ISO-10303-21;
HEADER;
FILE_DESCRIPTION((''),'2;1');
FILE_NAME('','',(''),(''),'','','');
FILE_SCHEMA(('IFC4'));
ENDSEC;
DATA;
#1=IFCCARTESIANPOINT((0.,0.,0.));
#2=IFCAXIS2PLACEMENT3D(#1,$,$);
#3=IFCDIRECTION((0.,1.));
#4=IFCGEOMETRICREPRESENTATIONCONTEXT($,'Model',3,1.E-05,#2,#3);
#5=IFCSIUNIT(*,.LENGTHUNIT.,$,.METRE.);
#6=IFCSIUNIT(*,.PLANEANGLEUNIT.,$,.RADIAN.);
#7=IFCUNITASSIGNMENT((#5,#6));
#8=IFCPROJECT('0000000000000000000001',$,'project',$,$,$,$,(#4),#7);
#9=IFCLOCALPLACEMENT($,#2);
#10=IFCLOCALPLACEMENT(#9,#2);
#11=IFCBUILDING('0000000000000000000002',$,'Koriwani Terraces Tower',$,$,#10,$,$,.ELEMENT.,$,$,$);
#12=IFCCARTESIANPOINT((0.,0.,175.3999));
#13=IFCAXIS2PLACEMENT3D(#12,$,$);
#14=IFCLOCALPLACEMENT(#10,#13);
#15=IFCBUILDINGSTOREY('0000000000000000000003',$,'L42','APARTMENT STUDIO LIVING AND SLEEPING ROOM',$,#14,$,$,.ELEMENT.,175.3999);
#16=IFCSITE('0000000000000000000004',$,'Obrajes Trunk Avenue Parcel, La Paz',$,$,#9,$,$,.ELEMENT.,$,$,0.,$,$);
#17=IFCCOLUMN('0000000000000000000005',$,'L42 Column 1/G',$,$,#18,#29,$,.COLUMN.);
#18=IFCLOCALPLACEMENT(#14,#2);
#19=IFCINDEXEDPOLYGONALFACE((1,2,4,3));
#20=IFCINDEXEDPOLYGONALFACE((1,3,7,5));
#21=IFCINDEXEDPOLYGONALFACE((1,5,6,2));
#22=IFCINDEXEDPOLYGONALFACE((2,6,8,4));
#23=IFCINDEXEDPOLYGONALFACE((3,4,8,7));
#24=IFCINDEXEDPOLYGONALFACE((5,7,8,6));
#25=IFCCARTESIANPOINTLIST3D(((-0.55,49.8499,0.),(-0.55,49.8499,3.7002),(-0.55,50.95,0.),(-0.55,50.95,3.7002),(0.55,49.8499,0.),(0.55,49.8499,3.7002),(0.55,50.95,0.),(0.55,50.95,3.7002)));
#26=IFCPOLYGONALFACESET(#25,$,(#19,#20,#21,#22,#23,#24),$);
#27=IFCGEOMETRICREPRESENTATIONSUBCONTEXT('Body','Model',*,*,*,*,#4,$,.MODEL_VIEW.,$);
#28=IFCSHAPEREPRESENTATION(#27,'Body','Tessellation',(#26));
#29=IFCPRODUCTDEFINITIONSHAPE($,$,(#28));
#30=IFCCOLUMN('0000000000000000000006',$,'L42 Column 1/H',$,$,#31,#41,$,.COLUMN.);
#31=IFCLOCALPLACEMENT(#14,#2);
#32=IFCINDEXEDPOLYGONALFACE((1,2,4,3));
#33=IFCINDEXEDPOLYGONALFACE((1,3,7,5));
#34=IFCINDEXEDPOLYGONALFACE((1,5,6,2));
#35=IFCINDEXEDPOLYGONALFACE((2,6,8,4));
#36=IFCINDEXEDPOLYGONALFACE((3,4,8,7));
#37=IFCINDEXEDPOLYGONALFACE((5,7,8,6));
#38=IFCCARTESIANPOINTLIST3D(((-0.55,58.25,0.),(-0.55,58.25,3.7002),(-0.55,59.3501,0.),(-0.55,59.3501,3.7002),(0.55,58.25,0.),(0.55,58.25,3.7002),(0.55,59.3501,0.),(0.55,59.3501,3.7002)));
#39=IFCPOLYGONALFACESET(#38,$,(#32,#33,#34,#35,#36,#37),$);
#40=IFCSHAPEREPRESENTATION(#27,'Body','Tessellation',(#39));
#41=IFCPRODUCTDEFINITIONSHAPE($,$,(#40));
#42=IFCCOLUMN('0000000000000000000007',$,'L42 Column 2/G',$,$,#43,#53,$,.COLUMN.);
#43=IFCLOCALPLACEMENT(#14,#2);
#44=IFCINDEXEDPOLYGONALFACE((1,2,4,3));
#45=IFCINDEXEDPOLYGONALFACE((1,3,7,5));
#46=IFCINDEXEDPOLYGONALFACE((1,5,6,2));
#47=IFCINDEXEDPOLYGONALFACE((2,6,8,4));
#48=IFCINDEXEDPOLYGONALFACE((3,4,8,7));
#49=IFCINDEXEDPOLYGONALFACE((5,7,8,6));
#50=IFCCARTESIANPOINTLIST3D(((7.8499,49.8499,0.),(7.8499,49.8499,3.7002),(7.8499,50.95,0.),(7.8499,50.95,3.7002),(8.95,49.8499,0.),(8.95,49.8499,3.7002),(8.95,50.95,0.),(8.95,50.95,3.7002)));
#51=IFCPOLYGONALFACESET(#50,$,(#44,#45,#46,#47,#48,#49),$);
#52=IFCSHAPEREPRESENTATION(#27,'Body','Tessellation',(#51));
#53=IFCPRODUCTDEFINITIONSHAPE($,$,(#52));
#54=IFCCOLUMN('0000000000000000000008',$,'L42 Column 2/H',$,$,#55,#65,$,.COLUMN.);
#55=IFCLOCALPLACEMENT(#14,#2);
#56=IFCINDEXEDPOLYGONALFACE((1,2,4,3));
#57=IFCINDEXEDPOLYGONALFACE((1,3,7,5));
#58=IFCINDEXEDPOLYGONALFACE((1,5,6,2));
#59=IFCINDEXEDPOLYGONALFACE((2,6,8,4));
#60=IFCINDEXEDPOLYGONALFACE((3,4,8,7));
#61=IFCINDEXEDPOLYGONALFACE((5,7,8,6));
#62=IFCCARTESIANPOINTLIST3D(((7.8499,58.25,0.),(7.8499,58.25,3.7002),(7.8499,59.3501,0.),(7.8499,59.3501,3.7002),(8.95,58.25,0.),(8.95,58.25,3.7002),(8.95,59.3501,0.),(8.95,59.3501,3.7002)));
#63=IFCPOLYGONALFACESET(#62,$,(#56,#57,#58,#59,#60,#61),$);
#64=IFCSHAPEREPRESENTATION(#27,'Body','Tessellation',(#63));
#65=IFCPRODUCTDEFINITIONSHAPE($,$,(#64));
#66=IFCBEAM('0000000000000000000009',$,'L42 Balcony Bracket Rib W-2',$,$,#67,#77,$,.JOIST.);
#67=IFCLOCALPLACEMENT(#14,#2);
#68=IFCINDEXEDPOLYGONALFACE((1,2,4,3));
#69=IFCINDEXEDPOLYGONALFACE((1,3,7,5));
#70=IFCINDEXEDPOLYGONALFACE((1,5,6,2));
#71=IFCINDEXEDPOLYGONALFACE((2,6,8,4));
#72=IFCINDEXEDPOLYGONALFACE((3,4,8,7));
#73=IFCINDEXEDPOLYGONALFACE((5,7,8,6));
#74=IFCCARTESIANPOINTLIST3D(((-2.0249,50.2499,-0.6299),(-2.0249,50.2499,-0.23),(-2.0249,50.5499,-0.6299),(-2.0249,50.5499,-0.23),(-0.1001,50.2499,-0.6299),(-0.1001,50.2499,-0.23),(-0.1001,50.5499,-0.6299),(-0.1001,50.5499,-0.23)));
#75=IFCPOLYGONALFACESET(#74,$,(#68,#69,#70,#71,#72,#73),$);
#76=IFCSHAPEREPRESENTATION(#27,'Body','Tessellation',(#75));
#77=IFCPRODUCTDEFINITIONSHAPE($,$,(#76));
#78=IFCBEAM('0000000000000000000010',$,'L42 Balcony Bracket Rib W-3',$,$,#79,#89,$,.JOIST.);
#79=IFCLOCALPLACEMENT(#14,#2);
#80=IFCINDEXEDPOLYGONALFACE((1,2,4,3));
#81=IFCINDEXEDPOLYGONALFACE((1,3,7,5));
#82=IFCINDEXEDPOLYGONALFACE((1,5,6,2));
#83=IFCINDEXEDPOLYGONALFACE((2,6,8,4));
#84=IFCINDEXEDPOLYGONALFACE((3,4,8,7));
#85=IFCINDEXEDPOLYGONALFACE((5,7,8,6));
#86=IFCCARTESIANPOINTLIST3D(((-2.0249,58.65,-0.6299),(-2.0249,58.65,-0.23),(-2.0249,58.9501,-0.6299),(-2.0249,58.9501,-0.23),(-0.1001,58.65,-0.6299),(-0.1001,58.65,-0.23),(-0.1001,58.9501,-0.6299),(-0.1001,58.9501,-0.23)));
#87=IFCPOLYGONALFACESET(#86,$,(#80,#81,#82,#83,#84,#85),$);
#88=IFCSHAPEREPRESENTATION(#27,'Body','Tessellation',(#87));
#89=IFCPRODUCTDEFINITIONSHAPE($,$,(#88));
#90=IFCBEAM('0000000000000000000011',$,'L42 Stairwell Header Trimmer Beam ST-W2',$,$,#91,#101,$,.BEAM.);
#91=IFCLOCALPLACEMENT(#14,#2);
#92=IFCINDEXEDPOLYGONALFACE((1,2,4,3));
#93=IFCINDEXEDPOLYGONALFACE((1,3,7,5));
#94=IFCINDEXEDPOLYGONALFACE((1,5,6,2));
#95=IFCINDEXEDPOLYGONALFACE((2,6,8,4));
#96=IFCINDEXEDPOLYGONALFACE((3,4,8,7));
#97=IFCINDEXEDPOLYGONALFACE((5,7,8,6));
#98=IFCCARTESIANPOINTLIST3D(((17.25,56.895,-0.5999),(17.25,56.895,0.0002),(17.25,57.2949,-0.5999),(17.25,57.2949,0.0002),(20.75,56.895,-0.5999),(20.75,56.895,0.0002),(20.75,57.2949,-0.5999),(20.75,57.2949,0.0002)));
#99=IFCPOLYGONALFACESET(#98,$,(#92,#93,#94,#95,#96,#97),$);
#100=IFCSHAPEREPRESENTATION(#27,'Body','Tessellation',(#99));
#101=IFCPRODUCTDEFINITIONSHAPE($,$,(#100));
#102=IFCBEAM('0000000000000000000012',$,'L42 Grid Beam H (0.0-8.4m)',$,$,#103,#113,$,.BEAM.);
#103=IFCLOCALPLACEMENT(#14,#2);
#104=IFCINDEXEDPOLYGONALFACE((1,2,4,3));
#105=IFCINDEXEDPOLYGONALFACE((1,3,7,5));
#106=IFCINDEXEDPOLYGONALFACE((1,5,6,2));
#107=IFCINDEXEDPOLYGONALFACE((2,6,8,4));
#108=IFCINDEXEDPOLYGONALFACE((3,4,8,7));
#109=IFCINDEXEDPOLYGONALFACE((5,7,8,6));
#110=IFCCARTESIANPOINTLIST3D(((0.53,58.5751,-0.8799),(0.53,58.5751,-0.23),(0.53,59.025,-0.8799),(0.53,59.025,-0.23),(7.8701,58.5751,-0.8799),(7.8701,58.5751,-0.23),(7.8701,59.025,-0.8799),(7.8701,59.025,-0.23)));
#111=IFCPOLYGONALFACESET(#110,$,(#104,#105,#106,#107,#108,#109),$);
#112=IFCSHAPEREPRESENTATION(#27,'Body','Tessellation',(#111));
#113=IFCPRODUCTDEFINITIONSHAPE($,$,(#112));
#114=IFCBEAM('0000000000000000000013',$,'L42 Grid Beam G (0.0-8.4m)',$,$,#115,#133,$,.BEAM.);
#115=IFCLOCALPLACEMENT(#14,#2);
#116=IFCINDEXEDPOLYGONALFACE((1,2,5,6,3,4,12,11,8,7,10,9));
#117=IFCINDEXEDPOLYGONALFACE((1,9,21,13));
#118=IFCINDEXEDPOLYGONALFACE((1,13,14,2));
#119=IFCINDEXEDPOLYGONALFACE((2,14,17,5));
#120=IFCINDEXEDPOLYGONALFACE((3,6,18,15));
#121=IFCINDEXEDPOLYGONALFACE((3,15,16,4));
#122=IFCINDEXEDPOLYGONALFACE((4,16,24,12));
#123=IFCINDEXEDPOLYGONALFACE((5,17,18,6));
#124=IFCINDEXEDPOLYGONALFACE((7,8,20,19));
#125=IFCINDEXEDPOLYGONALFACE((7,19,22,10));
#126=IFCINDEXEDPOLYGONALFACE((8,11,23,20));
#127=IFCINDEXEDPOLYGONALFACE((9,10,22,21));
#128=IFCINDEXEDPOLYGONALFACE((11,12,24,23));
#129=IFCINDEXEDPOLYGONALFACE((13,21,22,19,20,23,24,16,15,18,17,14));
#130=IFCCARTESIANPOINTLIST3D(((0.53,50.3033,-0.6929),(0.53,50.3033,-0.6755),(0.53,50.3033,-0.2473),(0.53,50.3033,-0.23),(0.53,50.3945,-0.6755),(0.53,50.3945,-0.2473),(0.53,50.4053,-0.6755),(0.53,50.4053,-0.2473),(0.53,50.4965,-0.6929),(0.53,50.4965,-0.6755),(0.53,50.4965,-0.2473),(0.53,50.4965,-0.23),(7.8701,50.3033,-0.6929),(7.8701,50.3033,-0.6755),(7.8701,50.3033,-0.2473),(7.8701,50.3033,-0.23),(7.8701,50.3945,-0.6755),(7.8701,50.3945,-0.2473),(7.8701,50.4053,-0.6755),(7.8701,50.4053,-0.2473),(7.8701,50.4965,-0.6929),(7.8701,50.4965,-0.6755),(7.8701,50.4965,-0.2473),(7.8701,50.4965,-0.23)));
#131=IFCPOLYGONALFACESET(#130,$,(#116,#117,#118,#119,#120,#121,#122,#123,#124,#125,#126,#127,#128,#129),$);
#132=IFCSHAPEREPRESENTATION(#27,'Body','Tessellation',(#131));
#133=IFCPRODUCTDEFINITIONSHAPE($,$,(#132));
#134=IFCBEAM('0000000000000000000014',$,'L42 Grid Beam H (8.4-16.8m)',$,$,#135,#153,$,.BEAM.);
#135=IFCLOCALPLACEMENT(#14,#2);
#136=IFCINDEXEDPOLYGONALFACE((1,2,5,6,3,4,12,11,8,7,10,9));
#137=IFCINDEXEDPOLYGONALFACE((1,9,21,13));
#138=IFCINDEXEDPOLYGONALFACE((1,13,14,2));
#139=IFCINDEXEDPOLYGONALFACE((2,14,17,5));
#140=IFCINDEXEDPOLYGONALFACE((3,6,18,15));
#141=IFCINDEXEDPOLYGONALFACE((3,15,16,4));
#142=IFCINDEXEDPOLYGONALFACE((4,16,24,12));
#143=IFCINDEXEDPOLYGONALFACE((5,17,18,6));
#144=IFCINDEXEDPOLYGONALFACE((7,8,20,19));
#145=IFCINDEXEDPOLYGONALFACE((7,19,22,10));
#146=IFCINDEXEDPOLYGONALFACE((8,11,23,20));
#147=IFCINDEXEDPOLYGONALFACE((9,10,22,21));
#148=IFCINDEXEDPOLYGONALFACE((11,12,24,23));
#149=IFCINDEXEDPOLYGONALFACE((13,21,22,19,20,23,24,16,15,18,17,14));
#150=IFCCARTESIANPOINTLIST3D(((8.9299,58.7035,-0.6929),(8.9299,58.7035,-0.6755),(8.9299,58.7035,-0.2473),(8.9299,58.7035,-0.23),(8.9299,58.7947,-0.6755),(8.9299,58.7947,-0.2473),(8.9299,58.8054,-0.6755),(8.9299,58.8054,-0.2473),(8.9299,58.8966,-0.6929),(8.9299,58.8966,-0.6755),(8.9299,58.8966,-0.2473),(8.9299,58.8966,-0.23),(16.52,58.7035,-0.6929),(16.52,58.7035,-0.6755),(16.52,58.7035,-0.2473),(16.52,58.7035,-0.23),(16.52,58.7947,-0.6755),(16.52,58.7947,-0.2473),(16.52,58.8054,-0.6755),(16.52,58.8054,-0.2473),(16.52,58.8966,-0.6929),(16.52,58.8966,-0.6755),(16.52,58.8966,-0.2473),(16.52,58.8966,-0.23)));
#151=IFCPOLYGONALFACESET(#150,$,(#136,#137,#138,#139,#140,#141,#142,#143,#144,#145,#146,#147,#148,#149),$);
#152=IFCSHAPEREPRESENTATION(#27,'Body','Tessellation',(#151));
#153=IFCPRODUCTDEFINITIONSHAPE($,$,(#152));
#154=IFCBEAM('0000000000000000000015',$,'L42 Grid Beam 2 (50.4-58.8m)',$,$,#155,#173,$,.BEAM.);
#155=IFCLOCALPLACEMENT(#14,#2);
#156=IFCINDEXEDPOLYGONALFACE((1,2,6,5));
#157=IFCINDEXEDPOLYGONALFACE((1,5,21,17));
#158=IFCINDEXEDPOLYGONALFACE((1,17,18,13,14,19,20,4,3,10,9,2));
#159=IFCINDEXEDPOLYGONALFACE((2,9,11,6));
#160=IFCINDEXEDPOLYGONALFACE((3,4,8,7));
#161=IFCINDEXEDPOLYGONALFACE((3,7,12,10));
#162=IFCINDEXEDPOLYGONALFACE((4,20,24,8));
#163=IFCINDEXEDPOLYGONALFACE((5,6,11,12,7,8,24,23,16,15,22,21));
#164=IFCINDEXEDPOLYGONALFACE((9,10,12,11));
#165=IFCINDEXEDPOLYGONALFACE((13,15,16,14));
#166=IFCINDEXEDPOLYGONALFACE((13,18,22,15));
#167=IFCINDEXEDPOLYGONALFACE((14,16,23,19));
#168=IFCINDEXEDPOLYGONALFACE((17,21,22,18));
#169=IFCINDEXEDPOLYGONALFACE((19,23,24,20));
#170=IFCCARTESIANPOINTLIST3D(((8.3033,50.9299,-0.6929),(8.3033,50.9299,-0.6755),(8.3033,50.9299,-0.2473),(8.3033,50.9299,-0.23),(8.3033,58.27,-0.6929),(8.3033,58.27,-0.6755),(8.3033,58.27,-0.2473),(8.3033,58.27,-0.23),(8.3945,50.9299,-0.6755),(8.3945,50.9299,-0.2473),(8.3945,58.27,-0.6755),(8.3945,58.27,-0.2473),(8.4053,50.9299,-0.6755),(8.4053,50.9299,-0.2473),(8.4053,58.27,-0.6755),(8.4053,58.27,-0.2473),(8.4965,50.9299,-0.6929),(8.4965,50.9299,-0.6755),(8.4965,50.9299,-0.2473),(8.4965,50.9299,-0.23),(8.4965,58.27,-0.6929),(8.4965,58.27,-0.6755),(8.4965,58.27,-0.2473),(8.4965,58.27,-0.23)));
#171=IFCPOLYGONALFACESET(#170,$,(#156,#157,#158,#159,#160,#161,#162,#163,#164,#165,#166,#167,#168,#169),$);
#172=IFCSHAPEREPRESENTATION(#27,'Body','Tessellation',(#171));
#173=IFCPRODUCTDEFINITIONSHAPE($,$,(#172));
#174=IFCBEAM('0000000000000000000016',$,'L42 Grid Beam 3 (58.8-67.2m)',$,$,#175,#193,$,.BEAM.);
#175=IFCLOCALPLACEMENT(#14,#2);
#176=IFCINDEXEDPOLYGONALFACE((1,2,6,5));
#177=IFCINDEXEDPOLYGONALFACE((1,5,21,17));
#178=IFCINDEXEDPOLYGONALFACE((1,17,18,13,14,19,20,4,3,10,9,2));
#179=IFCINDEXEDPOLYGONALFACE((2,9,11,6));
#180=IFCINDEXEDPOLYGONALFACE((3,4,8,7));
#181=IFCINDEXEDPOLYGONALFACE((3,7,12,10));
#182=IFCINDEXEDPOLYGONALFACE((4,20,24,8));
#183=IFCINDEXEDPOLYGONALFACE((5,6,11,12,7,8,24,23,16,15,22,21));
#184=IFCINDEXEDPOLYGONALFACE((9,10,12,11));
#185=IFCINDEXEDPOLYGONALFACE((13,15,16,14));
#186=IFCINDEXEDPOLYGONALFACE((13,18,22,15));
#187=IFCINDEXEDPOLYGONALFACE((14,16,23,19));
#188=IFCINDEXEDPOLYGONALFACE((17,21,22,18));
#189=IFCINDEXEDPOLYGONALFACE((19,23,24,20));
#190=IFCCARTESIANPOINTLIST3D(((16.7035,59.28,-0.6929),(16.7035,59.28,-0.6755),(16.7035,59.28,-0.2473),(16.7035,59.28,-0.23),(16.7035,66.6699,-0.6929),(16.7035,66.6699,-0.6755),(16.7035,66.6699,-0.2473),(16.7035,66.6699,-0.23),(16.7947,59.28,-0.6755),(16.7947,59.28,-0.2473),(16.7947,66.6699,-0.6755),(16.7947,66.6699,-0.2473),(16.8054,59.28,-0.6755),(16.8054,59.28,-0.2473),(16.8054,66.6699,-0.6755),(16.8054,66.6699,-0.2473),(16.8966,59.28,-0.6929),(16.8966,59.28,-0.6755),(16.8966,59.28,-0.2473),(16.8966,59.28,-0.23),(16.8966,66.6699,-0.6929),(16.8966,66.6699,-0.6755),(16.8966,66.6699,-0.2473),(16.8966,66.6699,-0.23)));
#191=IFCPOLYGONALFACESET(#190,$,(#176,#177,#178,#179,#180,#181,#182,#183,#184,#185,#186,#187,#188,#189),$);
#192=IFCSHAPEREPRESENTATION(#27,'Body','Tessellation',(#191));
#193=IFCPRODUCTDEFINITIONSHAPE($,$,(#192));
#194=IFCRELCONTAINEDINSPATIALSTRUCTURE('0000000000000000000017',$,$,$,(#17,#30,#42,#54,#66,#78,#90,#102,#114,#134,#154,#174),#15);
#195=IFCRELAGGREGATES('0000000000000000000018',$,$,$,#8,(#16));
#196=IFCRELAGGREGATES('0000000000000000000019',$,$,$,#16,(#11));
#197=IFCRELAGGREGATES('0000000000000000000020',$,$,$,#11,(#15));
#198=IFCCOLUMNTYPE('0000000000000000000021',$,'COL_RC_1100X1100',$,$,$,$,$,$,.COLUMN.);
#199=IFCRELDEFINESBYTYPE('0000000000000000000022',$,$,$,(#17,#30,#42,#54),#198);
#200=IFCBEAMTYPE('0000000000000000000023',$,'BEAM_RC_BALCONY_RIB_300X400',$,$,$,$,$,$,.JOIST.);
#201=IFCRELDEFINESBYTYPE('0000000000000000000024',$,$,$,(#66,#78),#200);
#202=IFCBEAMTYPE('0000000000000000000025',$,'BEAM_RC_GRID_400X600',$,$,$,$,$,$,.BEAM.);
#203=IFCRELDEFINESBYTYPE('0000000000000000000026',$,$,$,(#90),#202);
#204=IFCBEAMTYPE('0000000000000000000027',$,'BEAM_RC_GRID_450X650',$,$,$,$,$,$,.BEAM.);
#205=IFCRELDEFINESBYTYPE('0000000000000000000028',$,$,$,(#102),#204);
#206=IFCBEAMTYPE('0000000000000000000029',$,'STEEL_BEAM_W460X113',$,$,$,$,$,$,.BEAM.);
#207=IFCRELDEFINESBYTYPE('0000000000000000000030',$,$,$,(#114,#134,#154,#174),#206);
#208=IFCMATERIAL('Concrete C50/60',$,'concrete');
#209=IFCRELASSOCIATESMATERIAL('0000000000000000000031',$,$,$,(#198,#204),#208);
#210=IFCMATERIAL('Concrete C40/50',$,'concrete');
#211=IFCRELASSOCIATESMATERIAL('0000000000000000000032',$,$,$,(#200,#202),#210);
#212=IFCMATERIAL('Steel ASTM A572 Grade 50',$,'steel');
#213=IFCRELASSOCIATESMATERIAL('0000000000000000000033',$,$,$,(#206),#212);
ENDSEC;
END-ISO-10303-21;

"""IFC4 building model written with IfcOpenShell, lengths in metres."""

from ifc_helpers import new_model, si_unit, direction, frame, origin, origin_2d, place, context, subcontext, project, spatial, rectangle, i_section, extrude, material, material_profile, profile_set, type_object, element, save


model = new_model("IFC4")

# Units and contexts
model_context = context("Model", 3, precision=1e-05, world=origin(), true_north=direction((0.0, 1.0)))
body_context = subcontext(model_context, "Body", "Model", "MODEL_VIEW")
ifc_project = project(units=[si_unit("LENGTHUNIT", "METRE"), si_unit("PLANEANGLEUNIT", "RADIAN")], contexts=[model_context])

# Site, building, storey
site_placement = place(None, origin())
site = spatial("IfcSite", under=ifc_project, at=site_placement, Name="Obrajes Trunk Avenue Parcel, La Paz", CompositionType="ELEMENT", RefElevation=0.0)
building_placement = place(site_placement, origin())
building = spatial("IfcBuilding", under=site, at=building_placement, Name="Koriwani Terraces Tower", CompositionType="ELEMENT")
storey_placement = place(building_placement, frame((0.0, 0.0, 175.3999)))
storey = spatial("IfcBuildingStorey", under=building, at=storey_placement, Name="L42", Description="APARTMENT STUDIO LIVING AND SLEEPING ROOM", CompositionType="ELEMENT", Elevation=175.3999)

# Columns
ifc_material_1 = material(Name="Concrete C50/60", Category="concrete")
ifc_material_profile_1 = material_profile(ifc_material_1, rectangle(XDim=1.1001, YDim=1.1001, at=origin_2d()), Name="Concrete C50/60", Category="LoadBearing")
ifc_profile_set_1 = profile_set([ifc_material_profile_1], Name="Concrete C50/60")
column_type = type_object("IfcColumnType", Name="COL_RC_1100X1100", PredefinedType="COLUMN", material=ifc_profile_set_1)
for number, where, z_axis, x_axis, name in (
    (1, (0.0, 50.3999, 0.0), (0.0, 0.0, 1.0), (1.0, 0.0, 0.0), "L42 Column 1/G"),
    (2, (0.0, 58.8, 0.0), (0.0, 0.0, 1.0), (1.0, 0.0, 0.0), "L42 Column 1/H"),
    (3, (8.3999, 50.3999, 0.0), (0.0, 0.0, 1.0), (1.0, 0.0, 0.0), "L42 Column 2/G"),
    (4, (8.3999, 58.8, 0.0), (0.0, 0.0, 1.0), (1.0, 0.0, 0.0), "L42 Column 2/H"),
):
    element("IfcColumn", number, at=place(storey_placement, frame(where, z_axis=z_axis, x_axis=x_axis)), inside=storey, type_object=column_type, Name=name, PredefinedType="COLUMN", context=body_context, shape_type="SweptSolid", body=[
        extrude(rectangle(XDim=1.1001, YDim=1.1001, at=origin_2d()), origin(), (0.0, 0.0, 1.0), 3.7002),
    ])

# Beams
ifc_material_2 = material(Name="Concrete C40/50", Category="concrete")
ifc_material_profile_2 = material_profile(ifc_material_2, rectangle(XDim=0.3, YDim=0.3999, at=origin_2d()), Name="Concrete C40/50", Category="LoadBearing")
ifc_profile_set_2 = profile_set([ifc_material_profile_2], Name="Concrete C40/50")
beam_type_1 = type_object("IfcBeamType", Name="BEAM_RC_BALCONY_RIB_300X400", PredefinedType="JOIST", material=ifc_profile_set_2)
for number, where, z_axis, x_axis, name in (
    (5, (-2.0249, 50.3999, -0.4299), (1.0, 0.0, 0.0), (0.0, 1.0, 0.0), "L42 Balcony Bracket Rib W-2"),
    (6, (-2.0249, 58.8, -0.4299), (1.0, 0.0, 0.0), (0.0, 1.0, 0.0), "L42 Balcony Bracket Rib W-3"),
):
    element("IfcBeam", number, at=place(storey_placement, frame(where, z_axis=z_axis, x_axis=x_axis)), inside=storey, type_object=beam_type_1, Name=name, PredefinedType="JOIST", context=body_context, shape_type="SweptSolid", body=[
        extrude(rectangle(XDim=0.3, YDim=0.3999, at=origin_2d()), origin(), (0.0, 0.0, 1.0), 1.9248),
    ])
ifc_material_profile_3 = material_profile(ifc_material_2, rectangle(XDim=0.3999, YDim=0.6001, at=origin_2d()), Name="Concrete C40/50", Category="LoadBearing")
ifc_profile_set_3 = profile_set([ifc_material_profile_3], Name="Concrete C40/50")
beam_type_2 = type_object("IfcBeamType", Name="BEAM_RC_GRID_400X600", PredefinedType="BEAM", material=ifc_profile_set_3)
beam_1_placement = place(storey_placement, frame((17.25, 57.095, -0.2998), z_axis=(1.0, 0.0, 0.0), x_axis=(0.0, 1.0, 0.0)))
element("IfcBeam", 7, at=beam_1_placement, inside=storey, type_object=beam_type_2, Name="L42 Stairwell Header Trimmer Beam ST-W2", PredefinedType="BEAM", context=body_context, shape_type="SweptSolid", body=[
    extrude(rectangle(XDim=0.3999, YDim=0.6001, at=origin_2d()), origin(), (0.0, 0.0, 1.0), 3.5),
])
ifc_material_profile_4 = material_profile(ifc_material_1, rectangle(XDim=0.45, YDim=0.6499, at=origin_2d()), Name="Concrete C50/60", Category="LoadBearing")
ifc_profile_set_4 = profile_set([ifc_material_profile_4], Name="Concrete C50/60")
beam_type_3 = type_object("IfcBeamType", Name="BEAM_RC_GRID_450X650", PredefinedType="BEAM", material=ifc_profile_set_4)
beam_2_placement = place(storey_placement, frame((0.53, 58.8, -0.5549), z_axis=(1.0, 0.0, 0.0), x_axis=(0.0, 1.0, 0.0)))
element("IfcBeam", 8, at=beam_2_placement, inside=storey, type_object=beam_type_3, Name="L42 Grid Beam H (0.0-8.4m)", PredefinedType="BEAM", context=body_context, shape_type="SweptSolid", body=[
    extrude(rectangle(XDim=0.45, YDim=0.6499, at=origin_2d()), origin(), (0.0, 0.0, 1.0), 7.3401),
])
ifc_material_3 = material(Name="Steel ASTM A572 Grade 50", Category="steel")
ifc_material_profile_5 = material_profile(ifc_material_3, i_section(OverallWidth=0.1931, OverallDepth=0.4629, WebThickness=0.0107, FlangeThickness=0.0173, at=origin_2d()), Name="Steel ASTM A572 Grade 50", Category="LoadBearing")
ifc_profile_set_5 = profile_set([ifc_material_profile_5], Name="Steel ASTM A572 Grade 50")
beam_type_4 = type_object("IfcBeamType", Name="STEEL_BEAM_W460X113", PredefinedType="BEAM", material=ifc_profile_set_5)
beam_3_placement = place(storey_placement, frame((0.53, 50.3999, -0.4614), z_axis=(1.0, 0.0, 0.0), x_axis=(0.0, 1.0, 0.0)))
element("IfcBeam", 9, at=beam_3_placement, inside=storey, type_object=beam_type_4, Name="L42 Grid Beam G (0.0-8.4m)", PredefinedType="BEAM", context=body_context, shape_type="SweptSolid", body=[
    extrude(i_section(OverallWidth=0.1931, OverallDepth=0.4629, WebThickness=0.0107, FlangeThickness=0.0173, at=origin_2d()), origin(), (0.0, 0.0, 1.0), 7.3401),
])
beam_4_placement = place(storey_placement, frame((8.9299, 58.8, -0.4614), z_axis=(1.0, 0.0, 0.0), x_axis=(0.0, 1.0, 0.0)))
element("IfcBeam", 10, at=beam_4_placement, inside=storey, type_object=beam_type_4, Name="L42 Grid Beam H (8.4-16.8m)", PredefinedType="BEAM", context=body_context, shape_type="SweptSolid", body=[
    extrude(i_section(OverallWidth=0.1931, OverallDepth=0.4629, WebThickness=0.0107, FlangeThickness=0.0173, at=origin_2d()), origin(), (0.0, 0.0, 1.0), 7.5901),
])
beam_5_placement = place(storey_placement, frame((8.3999, 50.9299, -0.4614), z_axis=(0.0, 1.0, 0.0), x_axis=(-1.0, 0.0, 0.0)))
element("IfcBeam", 11, at=beam_5_placement, inside=storey, type_object=beam_type_4, Name="L42 Grid Beam 2 (50.4-58.8m)", PredefinedType="BEAM", context=body_context, shape_type="SweptSolid", body=[
    extrude(i_section(OverallWidth=0.1931, OverallDepth=0.4629, WebThickness=0.0107, FlangeThickness=0.0173, at=origin_2d()), origin(), (0.0, 0.0, 1.0), 7.3401),
])
beam_6_placement = place(storey_placement, frame((16.8, 59.28, -0.4614), z_axis=(0.0, 1.0, 0.0), x_axis=(-1.0, 0.0, 0.0)))
element("IfcBeam", 12, at=beam_6_placement, inside=storey, type_object=beam_type_4, Name="L42 Grid Beam 3 (58.8-67.2m)", PredefinedType="BEAM", context=body_context, shape_type="SweptSolid", body=[
    extrude(i_section(OverallWidth=0.1931, OverallDepth=0.4629, WebThickness=0.0107, FlangeThickness=0.0173, at=origin_2d()), origin(), (0.0, 0.0, 1.0), 7.3899),
])

save(model, "model.ifc")
